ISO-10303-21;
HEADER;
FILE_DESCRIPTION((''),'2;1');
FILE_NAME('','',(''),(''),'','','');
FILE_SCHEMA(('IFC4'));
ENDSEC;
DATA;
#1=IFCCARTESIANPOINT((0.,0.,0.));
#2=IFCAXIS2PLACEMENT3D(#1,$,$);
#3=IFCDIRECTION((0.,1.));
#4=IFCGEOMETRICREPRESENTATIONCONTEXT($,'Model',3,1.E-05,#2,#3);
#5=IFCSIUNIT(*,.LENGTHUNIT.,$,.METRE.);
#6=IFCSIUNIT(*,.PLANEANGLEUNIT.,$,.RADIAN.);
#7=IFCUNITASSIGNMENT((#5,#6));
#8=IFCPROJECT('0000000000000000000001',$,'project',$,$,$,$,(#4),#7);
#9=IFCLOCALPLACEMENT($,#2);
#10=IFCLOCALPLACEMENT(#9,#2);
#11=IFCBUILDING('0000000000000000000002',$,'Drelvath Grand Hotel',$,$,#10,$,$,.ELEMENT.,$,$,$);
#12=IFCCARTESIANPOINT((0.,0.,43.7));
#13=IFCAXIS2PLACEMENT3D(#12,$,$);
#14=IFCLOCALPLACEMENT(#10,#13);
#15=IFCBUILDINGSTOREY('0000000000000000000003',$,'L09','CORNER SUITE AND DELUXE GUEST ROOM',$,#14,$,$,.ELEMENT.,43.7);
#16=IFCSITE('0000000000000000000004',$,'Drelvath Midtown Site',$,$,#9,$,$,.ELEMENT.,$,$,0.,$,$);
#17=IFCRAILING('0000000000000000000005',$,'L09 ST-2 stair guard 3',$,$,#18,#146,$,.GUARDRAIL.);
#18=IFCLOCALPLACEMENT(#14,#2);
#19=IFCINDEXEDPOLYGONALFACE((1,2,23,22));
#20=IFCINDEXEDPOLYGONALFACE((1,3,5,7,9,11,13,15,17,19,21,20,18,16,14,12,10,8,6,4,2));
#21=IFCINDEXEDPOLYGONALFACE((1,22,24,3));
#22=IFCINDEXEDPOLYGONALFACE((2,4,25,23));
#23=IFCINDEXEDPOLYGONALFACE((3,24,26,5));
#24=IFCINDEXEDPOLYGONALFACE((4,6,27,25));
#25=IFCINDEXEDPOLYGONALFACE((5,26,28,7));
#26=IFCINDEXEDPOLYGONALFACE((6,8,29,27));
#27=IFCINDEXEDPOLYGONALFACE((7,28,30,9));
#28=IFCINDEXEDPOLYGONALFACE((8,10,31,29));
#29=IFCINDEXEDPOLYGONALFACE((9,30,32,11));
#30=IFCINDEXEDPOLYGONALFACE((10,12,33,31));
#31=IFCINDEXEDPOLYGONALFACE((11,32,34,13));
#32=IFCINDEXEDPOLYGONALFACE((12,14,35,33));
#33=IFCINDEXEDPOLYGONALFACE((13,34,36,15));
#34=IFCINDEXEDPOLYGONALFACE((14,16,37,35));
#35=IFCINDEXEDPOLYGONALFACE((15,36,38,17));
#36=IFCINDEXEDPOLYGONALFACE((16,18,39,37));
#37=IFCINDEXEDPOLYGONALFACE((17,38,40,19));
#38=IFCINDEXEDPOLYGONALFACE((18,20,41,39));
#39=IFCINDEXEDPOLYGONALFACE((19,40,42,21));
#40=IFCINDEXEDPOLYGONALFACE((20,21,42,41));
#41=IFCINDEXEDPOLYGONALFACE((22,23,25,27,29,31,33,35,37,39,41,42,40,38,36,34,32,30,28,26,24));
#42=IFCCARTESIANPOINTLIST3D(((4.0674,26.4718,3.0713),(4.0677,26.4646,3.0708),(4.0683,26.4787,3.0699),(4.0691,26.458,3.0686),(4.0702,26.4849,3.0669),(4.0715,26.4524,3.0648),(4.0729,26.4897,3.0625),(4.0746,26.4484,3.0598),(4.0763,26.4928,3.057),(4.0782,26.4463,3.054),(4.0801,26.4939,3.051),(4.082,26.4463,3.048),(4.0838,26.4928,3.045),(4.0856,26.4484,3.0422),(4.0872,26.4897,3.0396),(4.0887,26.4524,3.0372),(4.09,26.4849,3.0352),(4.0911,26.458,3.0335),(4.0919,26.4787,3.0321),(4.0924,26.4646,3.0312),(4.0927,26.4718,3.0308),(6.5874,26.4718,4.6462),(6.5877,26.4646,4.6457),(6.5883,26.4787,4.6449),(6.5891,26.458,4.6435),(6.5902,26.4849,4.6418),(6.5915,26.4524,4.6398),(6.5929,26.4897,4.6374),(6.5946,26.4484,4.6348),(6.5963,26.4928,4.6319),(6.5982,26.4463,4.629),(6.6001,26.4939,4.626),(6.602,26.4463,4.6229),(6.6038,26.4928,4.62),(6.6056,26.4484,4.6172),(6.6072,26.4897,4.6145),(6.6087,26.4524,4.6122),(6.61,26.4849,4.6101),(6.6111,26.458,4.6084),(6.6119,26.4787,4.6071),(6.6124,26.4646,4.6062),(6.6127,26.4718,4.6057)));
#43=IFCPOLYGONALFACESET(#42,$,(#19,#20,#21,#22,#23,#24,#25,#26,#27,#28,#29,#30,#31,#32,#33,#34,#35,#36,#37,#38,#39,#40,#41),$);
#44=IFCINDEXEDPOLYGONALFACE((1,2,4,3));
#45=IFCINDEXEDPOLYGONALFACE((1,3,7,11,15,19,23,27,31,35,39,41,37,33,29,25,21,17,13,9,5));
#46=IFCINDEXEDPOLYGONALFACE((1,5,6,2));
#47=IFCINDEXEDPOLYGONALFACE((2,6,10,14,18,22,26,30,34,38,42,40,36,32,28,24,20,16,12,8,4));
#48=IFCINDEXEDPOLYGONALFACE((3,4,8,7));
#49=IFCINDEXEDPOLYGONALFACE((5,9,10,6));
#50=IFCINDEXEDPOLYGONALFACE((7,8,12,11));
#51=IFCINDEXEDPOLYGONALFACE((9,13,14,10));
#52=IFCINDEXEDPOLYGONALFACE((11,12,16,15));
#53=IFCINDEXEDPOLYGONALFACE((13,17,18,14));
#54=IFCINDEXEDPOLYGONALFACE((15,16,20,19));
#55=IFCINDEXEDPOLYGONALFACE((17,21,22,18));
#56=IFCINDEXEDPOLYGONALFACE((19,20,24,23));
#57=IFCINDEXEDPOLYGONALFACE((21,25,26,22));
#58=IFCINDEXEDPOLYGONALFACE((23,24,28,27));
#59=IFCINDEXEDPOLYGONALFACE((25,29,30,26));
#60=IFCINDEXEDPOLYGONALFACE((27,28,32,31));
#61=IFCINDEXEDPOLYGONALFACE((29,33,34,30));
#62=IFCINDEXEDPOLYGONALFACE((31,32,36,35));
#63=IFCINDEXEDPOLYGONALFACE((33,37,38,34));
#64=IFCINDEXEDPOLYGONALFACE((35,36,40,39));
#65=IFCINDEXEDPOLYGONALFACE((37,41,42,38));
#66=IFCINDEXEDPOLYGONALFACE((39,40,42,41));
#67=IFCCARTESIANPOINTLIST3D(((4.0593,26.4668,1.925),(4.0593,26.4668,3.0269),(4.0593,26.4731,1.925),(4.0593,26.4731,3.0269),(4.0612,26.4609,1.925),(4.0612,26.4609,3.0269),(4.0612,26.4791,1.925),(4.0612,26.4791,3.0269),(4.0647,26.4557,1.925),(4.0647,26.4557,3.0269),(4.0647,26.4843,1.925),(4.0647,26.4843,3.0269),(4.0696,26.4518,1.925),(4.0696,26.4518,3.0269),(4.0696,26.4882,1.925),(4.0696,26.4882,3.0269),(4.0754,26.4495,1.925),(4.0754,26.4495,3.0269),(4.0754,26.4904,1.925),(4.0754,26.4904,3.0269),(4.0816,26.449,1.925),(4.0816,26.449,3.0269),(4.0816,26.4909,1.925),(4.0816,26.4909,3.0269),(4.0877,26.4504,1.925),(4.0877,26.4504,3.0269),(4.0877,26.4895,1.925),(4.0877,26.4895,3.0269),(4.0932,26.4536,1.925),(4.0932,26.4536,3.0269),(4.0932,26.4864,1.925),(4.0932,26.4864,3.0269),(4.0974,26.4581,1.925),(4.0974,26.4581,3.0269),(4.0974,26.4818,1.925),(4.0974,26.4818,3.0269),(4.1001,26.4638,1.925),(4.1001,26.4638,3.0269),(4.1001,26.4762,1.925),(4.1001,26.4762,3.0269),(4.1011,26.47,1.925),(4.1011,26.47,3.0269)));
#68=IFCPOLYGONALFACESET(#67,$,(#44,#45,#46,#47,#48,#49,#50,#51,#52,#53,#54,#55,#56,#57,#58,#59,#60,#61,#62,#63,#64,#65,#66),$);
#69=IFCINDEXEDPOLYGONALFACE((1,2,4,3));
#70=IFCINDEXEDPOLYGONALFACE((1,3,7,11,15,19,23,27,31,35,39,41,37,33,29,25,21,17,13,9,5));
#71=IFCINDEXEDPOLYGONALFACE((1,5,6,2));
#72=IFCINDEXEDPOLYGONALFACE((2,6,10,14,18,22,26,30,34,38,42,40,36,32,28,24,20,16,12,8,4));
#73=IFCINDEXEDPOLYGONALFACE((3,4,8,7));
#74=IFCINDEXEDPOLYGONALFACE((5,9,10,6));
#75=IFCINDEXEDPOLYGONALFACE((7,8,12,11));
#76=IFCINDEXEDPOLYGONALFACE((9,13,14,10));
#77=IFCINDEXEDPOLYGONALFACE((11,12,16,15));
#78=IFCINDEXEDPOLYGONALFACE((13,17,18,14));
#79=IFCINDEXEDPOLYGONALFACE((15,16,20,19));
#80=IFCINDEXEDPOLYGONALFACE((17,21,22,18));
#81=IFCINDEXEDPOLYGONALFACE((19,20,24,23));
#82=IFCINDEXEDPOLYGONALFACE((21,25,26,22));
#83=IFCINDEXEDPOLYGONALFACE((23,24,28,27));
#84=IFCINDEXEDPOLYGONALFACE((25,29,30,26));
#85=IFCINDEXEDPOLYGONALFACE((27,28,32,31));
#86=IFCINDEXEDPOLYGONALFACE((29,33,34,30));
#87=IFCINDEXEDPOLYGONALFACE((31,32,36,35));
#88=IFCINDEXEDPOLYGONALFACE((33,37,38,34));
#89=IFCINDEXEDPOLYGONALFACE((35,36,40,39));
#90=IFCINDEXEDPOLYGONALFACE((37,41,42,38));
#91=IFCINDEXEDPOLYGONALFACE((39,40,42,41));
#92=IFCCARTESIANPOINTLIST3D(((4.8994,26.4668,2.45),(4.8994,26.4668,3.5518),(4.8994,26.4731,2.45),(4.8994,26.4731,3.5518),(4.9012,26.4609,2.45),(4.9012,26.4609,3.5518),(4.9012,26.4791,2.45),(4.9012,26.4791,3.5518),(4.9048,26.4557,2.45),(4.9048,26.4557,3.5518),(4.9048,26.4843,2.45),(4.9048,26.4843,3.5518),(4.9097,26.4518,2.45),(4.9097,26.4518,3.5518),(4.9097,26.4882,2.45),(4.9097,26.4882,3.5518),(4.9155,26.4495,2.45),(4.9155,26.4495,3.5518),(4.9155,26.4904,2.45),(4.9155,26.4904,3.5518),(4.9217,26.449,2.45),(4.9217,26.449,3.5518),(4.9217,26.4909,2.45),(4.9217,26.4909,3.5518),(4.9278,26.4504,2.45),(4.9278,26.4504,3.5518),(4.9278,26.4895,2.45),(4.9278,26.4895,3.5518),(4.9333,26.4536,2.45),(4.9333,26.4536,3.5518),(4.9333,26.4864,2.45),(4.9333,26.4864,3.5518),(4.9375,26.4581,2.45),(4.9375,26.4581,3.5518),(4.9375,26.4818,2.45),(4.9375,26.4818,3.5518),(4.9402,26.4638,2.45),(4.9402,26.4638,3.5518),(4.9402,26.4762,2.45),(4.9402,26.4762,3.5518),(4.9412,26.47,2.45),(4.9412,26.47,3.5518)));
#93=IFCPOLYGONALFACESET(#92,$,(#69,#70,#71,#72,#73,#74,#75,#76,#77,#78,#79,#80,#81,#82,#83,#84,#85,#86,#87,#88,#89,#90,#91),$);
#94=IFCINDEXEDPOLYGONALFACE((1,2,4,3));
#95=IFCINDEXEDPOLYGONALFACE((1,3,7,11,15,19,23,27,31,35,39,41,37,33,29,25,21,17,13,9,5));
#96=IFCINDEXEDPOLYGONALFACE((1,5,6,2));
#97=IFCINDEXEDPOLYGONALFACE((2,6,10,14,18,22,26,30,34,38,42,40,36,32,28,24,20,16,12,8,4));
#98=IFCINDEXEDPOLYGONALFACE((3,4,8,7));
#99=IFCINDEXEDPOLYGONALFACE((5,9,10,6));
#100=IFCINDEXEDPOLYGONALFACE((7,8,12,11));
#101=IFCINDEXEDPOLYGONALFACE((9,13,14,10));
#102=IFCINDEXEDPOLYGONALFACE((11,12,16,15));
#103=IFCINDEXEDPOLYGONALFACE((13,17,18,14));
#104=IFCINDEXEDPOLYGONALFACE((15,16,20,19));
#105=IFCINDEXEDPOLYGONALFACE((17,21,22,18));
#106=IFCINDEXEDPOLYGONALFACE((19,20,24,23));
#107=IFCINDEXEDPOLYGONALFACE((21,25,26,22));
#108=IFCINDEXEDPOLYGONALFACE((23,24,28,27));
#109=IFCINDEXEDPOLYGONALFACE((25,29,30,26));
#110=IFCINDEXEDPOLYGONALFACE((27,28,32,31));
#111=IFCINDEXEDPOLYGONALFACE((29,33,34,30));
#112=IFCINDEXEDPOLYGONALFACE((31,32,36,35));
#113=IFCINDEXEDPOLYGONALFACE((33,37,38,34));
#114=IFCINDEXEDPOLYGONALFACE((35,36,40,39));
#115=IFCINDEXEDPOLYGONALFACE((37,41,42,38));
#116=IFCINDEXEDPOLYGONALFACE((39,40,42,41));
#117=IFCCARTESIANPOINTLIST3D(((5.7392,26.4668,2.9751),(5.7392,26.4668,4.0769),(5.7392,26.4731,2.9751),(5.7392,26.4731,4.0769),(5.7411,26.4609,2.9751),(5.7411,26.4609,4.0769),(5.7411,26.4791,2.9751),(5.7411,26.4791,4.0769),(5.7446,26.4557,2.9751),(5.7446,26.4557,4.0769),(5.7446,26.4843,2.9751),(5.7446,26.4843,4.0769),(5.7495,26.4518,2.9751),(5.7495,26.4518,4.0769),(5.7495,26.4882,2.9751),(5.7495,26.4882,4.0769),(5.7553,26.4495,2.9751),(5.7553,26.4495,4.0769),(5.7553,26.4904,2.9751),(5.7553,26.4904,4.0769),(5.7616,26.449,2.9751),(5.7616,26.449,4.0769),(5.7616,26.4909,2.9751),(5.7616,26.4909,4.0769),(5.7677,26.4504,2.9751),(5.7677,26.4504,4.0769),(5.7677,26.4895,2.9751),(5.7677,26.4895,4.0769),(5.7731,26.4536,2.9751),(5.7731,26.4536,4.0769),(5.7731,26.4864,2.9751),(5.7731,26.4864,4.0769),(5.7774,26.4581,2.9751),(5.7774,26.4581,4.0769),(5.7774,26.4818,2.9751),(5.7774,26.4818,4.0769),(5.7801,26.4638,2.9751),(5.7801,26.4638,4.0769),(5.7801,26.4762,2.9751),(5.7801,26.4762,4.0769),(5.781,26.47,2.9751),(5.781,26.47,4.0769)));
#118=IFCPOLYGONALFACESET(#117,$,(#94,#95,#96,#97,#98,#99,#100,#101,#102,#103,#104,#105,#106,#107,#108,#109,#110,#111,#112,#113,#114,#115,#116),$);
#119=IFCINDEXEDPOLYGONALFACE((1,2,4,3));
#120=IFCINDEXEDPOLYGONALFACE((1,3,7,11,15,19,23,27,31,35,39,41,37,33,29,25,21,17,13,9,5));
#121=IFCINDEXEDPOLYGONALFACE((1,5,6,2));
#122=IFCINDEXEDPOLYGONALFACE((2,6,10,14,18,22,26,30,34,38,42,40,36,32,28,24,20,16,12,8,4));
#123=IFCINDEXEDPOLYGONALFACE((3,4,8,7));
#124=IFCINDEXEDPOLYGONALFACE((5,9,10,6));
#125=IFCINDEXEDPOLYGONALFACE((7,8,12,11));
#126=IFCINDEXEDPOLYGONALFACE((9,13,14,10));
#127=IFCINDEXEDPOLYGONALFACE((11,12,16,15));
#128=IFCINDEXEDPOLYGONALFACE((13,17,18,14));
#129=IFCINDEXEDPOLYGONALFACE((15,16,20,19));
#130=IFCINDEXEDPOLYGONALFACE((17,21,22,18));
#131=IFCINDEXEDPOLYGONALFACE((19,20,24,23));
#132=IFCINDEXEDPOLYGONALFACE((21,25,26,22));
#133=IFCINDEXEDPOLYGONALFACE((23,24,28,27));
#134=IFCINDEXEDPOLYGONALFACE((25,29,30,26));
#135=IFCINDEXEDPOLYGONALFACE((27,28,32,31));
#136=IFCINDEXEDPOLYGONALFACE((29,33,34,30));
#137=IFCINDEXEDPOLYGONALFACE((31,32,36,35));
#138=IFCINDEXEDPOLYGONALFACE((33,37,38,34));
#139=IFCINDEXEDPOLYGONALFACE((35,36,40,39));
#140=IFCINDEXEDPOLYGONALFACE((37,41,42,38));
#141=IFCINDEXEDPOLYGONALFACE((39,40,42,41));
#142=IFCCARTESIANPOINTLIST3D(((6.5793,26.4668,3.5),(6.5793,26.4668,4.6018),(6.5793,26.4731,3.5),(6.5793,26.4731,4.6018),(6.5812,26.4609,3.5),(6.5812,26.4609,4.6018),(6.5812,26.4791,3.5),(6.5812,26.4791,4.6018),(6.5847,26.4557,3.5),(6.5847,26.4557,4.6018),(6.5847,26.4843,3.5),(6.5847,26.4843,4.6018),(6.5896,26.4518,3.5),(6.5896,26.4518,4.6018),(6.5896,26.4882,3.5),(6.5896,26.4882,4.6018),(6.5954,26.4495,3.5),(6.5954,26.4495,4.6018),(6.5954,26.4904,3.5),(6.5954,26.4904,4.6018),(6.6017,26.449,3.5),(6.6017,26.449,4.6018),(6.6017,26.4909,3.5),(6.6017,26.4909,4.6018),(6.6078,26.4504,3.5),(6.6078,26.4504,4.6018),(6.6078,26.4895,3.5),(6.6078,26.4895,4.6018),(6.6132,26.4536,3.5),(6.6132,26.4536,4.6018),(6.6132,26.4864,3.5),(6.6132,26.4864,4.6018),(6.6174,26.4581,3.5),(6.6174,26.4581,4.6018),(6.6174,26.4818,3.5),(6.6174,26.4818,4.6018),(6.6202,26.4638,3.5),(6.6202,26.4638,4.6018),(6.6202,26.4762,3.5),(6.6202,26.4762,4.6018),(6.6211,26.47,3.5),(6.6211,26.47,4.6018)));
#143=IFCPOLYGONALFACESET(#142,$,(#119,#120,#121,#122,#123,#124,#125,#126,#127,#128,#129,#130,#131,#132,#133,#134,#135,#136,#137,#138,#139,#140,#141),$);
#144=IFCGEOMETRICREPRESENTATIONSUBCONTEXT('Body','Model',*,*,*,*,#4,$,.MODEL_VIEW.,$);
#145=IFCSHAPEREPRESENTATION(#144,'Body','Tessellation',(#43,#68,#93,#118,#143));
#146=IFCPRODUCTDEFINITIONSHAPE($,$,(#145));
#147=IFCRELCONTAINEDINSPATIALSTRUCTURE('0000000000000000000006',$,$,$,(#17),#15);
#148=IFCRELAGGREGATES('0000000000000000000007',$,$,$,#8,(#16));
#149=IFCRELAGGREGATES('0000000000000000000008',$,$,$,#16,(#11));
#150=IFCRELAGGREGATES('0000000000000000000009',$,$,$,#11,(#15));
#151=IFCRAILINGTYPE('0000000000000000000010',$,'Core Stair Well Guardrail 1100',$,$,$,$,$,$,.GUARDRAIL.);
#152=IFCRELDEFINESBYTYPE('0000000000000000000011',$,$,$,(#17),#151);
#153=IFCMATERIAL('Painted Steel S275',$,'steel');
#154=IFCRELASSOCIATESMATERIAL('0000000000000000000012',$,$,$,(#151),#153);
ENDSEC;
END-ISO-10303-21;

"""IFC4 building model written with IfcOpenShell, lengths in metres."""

from ifc_helpers import new_model, si_unit, direction, frame, origin, origin_2d, place, context, subcontext, project, spatial, circle, extrude, material, type_object, element, save


model = new_model("IFC4")

# Units and contexts
model_context = context("Model", 3, precision=1e-05, world=origin(), true_north=direction((0.0, 1.0)))
body_context = subcontext(model_context, "Body", "Model", "MODEL_VIEW")
ifc_project = project(units=[si_unit("LENGTHUNIT", "METRE"), si_unit("PLANEANGLEUNIT", "RADIAN")], contexts=[model_context])

# Site, building, storey
site_placement = place(None, origin())
site = spatial("IfcSite", under=ifc_project, at=site_placement, Name="Drelvath Midtown Site", CompositionType="ELEMENT", RefElevation=0.0)
building_placement = place(site_placement, origin())
building = spatial("IfcBuilding", under=site, at=building_placement, Name="Drelvath Grand Hotel", CompositionType="ELEMENT")
storey_placement = place(building_placement, frame((0.0, 0.0, 43.7)))
storey = spatial("IfcBuildingStorey", under=building, at=storey_placement, Name="L09", Description="CORNER SUITE AND DELUXE GUEST ROOM", CompositionType="ELEMENT", Elevation=43.7)

# Shared definitions
ifc_material_1 = material(Name="Painted Steel S275", Category="steel")

# Railing
railing_type_1 = type_object("IfcRailingType", Name="Core Stair Well Guardrail 1100", PredefinedType="GUARDRAIL", material=ifc_material_1)
railing_1_placement = place(storey_placement, frame((4.0801, 26.47, 1.925)))
element("IfcRailing", 1, at=railing_1_placement, inside=storey, type_object=railing_type_1, Name="L09 ST-2 stair guard 3", PredefinedType="GUARDRAIL", context=body_context, shape_type="SweptSolid", body=[
    extrude(circle(Radius=0.0239, at=origin_2d()), frame((0.0, 0.0, 1.126), z_axis=(0.848008, 0.0, 0.529984), x_axis=(0.0, 1.0, 0.0)), (0.0, 0.0, 1.0), 2.9717),
    extrude(circle(Radius=0.021, at=origin_2d()), origin(), (0.0, 0.0, 1.0), 1.1018),
    extrude(circle(Radius=0.021, at=origin_2d()), frame((0.8401, 0.0, 0.5249)), (0.0, 0.0, 1.0), 1.1018),
    extrude(circle(Radius=0.021, at=origin_2d()), frame((1.6799, 0.0, 1.05)), (0.0, 0.0, 1.0), 1.1018),
    extrude(circle(Radius=0.021, at=origin_2d()), frame((2.52, 0.0, 1.575)), (0.0, 0.0, 1.0), 1.1018),
])

save(model, "model.ifc")
